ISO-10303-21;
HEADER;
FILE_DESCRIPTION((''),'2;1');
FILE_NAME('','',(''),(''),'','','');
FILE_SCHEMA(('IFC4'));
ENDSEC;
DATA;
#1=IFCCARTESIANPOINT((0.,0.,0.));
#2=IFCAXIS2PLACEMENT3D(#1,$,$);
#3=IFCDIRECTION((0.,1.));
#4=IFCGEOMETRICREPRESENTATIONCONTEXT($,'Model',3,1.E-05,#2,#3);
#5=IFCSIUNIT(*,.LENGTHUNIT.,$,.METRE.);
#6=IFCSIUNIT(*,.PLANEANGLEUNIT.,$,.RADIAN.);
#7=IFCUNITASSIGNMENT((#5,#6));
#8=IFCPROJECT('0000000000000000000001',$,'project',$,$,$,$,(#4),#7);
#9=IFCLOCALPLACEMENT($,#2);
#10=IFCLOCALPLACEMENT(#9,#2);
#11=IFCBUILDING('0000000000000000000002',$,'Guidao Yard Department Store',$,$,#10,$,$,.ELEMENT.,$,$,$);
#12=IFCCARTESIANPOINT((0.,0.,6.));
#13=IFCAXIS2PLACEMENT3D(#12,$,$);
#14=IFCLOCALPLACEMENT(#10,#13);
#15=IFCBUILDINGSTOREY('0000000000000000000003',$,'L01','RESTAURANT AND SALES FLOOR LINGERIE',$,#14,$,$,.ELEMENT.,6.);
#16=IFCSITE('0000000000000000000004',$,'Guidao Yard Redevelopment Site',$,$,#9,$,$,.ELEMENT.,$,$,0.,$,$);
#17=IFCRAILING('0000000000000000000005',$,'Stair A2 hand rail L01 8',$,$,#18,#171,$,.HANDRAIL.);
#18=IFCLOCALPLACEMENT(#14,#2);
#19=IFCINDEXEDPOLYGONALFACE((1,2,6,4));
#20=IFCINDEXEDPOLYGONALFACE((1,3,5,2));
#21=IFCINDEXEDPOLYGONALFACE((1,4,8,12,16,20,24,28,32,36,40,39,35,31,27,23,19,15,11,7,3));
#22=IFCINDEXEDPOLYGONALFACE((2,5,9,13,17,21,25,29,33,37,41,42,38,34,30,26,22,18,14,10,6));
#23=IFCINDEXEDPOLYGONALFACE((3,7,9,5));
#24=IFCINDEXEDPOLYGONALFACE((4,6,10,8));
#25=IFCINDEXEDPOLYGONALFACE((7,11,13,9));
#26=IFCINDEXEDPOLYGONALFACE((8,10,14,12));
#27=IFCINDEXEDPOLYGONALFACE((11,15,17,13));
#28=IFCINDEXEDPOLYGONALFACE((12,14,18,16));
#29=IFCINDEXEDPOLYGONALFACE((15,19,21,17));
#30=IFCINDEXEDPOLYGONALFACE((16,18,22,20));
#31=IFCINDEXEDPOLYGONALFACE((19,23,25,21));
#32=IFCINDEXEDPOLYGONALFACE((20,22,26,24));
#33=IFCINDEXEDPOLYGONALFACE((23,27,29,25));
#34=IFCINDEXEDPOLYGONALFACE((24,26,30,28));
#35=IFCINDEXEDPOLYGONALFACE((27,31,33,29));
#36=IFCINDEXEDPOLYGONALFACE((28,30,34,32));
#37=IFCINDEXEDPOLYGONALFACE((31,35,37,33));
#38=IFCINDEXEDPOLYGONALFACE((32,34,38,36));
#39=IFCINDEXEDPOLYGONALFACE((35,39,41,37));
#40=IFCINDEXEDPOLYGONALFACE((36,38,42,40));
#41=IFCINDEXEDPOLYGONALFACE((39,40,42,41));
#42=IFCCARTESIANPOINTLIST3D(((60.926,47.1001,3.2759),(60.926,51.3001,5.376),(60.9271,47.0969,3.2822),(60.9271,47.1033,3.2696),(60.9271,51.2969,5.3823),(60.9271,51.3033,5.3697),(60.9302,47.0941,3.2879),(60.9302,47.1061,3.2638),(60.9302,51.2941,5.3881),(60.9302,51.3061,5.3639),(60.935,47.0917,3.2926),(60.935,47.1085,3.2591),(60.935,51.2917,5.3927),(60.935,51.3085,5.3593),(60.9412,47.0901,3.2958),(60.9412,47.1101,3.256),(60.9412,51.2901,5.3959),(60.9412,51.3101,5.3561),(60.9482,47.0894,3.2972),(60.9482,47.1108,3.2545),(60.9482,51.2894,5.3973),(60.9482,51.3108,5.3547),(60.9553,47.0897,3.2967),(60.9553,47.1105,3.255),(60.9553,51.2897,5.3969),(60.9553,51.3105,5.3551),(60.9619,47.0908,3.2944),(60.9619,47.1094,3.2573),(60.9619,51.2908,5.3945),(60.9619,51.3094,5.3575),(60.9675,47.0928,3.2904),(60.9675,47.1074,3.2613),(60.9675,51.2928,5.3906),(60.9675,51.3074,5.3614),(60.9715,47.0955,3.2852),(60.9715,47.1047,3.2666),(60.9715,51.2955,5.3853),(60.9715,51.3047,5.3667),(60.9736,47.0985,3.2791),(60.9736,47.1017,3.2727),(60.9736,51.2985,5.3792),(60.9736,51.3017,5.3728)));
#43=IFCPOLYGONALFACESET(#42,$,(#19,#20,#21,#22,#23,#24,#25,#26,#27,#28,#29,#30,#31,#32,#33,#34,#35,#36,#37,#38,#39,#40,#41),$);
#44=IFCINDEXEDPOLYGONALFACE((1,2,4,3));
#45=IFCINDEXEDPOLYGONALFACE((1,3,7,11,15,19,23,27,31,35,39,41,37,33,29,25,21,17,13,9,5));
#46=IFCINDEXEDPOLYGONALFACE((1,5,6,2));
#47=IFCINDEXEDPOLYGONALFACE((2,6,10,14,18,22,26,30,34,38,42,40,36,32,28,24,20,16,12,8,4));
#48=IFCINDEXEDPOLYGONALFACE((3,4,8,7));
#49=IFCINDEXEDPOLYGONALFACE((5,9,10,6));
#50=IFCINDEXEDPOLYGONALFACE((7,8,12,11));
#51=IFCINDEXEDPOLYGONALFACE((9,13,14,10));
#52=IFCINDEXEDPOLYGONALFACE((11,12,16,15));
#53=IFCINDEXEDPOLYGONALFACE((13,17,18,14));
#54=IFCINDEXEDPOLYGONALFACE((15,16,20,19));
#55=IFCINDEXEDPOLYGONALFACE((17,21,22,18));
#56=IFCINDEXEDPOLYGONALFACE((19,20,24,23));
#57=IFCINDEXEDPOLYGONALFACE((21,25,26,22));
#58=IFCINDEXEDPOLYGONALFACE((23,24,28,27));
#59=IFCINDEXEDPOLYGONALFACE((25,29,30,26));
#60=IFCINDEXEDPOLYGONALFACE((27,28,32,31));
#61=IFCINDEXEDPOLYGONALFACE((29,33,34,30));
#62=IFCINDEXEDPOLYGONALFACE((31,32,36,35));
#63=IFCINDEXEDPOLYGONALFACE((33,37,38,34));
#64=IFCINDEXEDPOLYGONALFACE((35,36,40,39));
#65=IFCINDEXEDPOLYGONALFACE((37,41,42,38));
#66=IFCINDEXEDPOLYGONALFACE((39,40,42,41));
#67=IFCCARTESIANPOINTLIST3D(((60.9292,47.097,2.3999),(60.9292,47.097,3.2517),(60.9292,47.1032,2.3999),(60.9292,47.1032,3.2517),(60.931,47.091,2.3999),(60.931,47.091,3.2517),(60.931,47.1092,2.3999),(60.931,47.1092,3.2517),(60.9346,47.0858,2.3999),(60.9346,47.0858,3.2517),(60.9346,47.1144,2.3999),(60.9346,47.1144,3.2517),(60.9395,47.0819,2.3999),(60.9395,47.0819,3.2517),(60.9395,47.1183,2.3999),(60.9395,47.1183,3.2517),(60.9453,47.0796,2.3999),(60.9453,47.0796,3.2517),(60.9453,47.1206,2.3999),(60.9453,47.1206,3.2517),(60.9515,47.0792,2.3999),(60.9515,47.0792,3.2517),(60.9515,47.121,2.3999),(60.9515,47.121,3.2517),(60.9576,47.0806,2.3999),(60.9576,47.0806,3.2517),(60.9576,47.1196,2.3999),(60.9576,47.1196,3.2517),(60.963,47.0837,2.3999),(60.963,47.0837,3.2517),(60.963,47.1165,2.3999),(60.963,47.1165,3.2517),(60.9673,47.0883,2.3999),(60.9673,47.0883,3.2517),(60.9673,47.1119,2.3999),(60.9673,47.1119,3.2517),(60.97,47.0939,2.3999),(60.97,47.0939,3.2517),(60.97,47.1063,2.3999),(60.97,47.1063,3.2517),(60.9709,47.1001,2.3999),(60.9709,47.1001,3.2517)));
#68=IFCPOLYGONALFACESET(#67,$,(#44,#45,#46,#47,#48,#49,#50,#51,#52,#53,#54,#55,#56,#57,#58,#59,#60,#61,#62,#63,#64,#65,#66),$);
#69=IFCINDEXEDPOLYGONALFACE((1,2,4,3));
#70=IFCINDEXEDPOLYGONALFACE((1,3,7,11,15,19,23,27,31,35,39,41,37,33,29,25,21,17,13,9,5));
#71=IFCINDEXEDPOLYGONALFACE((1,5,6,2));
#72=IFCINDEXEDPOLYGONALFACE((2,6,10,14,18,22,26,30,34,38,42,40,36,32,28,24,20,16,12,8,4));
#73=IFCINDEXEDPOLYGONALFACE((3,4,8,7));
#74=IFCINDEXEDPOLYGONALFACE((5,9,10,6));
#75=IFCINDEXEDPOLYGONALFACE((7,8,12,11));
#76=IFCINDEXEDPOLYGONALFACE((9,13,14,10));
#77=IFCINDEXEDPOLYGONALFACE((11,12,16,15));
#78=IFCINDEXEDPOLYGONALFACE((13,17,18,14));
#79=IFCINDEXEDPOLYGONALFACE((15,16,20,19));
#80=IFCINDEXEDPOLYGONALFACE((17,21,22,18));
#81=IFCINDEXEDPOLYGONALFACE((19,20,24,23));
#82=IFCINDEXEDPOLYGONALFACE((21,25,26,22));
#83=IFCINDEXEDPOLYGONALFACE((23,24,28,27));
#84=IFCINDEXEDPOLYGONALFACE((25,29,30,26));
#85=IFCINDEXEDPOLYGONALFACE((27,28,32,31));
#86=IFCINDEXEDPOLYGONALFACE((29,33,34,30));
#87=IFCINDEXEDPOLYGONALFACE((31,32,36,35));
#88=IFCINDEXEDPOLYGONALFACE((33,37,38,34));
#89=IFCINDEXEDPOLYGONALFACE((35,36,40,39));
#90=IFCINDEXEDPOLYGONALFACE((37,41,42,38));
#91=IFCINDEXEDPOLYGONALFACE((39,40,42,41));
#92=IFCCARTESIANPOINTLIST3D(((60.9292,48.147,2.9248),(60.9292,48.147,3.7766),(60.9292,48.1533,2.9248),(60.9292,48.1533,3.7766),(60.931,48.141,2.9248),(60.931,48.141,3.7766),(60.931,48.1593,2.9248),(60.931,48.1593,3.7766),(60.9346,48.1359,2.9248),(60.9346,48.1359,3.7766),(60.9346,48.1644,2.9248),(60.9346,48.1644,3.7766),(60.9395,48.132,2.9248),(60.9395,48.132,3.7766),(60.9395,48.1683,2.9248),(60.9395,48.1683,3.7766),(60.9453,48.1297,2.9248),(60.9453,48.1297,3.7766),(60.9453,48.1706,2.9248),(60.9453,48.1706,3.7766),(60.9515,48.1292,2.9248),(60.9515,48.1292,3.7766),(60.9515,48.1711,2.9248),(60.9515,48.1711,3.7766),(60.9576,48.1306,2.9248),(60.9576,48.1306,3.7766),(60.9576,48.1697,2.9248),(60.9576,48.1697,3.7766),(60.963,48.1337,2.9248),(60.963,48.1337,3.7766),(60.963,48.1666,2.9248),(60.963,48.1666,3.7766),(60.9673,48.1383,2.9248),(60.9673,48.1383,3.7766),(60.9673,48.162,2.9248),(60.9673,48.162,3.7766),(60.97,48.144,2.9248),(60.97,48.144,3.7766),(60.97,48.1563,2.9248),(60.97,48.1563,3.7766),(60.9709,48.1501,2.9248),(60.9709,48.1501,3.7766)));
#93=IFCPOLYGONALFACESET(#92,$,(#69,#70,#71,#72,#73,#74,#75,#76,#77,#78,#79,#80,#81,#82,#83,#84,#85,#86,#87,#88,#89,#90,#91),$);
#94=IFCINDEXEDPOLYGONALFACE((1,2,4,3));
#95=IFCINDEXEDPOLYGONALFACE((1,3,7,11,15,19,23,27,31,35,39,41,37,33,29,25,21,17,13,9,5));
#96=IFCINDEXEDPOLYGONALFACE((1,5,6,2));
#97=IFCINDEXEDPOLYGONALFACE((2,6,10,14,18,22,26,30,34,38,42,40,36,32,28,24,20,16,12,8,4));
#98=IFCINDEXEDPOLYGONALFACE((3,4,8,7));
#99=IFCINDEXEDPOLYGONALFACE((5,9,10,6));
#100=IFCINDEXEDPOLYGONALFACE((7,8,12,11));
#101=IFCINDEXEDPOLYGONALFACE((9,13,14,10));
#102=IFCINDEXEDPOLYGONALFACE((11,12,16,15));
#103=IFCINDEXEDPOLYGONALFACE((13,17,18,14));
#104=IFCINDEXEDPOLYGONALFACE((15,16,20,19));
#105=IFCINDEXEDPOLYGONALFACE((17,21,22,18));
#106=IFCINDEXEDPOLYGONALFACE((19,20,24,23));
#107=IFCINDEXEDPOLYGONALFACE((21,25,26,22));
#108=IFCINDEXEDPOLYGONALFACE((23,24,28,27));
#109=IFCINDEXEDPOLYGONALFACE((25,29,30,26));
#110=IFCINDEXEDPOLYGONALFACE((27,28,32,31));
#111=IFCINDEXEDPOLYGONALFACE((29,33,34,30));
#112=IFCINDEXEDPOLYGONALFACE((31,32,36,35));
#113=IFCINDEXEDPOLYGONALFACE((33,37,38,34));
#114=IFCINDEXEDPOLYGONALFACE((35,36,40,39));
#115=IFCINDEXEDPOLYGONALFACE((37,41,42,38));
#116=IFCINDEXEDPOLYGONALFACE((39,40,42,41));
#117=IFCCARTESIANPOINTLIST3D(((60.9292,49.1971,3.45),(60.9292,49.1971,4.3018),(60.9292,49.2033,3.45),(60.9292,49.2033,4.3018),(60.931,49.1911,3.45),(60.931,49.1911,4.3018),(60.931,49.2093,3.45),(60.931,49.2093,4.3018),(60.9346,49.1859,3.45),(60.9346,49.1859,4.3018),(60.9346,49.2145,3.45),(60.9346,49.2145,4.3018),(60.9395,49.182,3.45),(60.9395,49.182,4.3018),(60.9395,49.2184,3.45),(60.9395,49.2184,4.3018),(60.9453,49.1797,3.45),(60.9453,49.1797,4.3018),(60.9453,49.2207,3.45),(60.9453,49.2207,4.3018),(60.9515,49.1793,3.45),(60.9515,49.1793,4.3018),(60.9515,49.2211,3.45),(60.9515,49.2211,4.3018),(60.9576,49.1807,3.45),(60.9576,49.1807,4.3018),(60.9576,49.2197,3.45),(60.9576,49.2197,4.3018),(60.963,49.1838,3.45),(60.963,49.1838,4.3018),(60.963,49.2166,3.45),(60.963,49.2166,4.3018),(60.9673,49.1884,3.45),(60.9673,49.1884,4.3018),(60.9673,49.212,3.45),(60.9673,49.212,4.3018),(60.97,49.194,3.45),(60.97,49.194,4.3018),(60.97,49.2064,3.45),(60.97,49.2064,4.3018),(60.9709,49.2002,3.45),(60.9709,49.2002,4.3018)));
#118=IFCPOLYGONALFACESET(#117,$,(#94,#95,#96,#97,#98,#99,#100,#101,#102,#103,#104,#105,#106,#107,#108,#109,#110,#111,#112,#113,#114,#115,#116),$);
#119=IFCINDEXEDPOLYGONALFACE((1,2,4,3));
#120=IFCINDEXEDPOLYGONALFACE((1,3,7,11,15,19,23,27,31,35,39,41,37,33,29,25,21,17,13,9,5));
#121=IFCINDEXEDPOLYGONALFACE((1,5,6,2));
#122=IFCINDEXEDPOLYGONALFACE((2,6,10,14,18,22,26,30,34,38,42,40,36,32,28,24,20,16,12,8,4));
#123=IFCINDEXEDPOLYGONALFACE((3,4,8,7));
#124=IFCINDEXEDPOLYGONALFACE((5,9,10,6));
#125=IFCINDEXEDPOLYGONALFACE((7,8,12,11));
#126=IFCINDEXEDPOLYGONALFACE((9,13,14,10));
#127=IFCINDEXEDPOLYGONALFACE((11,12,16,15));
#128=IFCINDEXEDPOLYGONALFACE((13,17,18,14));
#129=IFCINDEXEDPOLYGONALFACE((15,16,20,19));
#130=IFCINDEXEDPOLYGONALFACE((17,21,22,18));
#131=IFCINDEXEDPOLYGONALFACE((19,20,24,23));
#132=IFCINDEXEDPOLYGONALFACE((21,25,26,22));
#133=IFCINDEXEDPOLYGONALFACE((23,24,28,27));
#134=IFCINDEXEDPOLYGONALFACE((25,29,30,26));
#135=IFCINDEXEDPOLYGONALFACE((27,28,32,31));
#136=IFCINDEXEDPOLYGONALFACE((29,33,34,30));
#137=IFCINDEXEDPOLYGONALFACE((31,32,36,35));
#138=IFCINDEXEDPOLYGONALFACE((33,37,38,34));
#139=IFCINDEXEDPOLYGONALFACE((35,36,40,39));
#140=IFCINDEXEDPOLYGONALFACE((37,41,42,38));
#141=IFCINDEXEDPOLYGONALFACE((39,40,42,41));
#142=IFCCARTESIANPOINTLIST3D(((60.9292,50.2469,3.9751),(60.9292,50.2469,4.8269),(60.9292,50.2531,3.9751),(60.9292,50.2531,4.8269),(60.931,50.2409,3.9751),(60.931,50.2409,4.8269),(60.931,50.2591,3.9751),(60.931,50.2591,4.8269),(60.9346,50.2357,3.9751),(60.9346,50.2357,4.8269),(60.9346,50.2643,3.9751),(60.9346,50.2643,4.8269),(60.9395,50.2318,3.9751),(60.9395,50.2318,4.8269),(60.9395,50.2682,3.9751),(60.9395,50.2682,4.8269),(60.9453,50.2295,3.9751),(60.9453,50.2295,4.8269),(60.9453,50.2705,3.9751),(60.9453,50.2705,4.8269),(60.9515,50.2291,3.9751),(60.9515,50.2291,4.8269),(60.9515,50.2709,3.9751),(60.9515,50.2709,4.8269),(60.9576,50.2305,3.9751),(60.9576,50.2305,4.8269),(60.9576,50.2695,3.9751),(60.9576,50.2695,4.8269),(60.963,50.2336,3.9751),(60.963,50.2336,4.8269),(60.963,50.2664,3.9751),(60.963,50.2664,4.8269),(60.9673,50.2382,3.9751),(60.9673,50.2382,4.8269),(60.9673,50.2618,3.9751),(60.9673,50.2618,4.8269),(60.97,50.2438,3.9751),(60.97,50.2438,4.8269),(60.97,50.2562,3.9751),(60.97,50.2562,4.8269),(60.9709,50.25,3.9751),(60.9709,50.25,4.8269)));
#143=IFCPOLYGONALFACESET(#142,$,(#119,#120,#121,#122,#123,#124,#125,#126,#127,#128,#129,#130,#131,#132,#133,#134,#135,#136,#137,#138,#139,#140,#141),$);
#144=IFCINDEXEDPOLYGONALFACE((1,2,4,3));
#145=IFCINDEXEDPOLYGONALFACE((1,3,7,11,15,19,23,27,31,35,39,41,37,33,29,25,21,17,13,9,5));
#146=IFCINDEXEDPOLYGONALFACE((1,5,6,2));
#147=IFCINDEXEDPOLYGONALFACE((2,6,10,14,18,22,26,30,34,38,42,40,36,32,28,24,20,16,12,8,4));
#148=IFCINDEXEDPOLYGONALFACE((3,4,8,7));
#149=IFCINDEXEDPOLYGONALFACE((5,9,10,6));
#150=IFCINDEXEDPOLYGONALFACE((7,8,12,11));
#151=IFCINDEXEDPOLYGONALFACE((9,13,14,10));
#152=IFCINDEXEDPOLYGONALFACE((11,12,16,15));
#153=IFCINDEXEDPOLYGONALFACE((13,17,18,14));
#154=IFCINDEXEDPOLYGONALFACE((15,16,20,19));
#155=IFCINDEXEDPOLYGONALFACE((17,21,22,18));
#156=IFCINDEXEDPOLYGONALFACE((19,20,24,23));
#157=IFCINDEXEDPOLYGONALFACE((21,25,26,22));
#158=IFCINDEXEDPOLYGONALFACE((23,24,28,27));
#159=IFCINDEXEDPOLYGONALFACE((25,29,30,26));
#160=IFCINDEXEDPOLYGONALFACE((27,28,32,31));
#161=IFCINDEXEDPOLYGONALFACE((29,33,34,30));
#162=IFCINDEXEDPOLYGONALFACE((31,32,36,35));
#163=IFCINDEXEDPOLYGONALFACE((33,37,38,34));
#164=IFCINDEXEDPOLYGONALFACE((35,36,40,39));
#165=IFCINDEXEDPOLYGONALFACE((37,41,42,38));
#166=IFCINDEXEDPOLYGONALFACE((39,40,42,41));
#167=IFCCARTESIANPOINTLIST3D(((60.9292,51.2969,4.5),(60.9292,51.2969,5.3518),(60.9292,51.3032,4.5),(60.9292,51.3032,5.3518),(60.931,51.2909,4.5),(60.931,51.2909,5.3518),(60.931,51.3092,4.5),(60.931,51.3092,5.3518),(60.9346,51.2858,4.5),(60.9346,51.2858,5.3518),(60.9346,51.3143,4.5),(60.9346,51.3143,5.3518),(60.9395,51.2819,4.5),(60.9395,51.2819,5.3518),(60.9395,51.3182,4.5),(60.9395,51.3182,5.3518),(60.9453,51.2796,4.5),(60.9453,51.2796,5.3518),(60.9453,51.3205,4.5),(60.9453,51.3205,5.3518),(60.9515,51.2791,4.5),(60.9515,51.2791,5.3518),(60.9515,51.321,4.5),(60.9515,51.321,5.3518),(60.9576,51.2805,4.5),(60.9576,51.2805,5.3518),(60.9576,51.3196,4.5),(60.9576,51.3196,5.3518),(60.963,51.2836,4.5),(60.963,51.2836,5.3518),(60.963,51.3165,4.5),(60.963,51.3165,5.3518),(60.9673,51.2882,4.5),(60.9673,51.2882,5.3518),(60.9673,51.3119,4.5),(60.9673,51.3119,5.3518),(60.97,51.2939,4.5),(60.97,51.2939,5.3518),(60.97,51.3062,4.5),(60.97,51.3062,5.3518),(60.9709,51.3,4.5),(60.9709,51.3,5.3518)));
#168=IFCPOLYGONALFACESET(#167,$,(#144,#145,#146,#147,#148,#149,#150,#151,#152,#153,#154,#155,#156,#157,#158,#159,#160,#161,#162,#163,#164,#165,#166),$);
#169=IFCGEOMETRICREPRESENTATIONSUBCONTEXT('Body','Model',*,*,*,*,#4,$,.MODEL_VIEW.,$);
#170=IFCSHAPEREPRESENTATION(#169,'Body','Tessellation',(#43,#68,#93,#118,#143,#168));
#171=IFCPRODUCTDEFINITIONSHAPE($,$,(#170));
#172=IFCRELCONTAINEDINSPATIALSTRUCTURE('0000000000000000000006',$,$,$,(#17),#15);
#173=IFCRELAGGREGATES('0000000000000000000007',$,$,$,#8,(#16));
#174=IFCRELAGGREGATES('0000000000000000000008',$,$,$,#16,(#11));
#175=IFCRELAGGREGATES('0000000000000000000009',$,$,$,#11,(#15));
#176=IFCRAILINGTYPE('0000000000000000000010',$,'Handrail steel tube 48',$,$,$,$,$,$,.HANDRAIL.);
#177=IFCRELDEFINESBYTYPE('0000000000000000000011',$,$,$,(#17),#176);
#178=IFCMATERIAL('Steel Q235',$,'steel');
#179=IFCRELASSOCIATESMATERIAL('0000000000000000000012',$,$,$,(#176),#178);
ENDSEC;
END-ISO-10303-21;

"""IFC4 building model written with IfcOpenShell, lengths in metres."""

from ifc_helpers import new_model, si_unit, direction, frame, origin, origin_2d, place, context, subcontext, project, spatial, circle, extrude, material, type_object, element, save


model = new_model("IFC4")

# Units and contexts
model_context = context("Model", 3, precision=1e-05, world=origin(), true_north=direction((0.0, 1.0)))
body_context = subcontext(model_context, "Body", "Model", "MODEL_VIEW")
ifc_project = project(units=[si_unit("LENGTHUNIT", "METRE"), si_unit("PLANEANGLEUNIT", "RADIAN")], contexts=[model_context])

# Site, building, storey
site_placement = place(None, origin())
site = spatial("IfcSite", under=ifc_project, at=site_placement, Name="Guidao Yard Redevelopment Site", CompositionType="ELEMENT", RefElevation=0.0)
building_placement = place(site_placement, origin())
building = spatial("IfcBuilding", under=site, at=building_placement, Name="Guidao Yard Department Store", CompositionType="ELEMENT")
storey_placement = place(building_placement, frame((0.0, 0.0, 6.0)))
storey = spatial("IfcBuildingStorey", under=building, at=storey_placement, Name="L01", Description="RESTAURANT AND SALES FLOOR LINGERIE", CompositionType="ELEMENT", Elevation=6.0)

# Railing
ifc_material_1 = material(Name="Steel Q235", Category="steel")
railing_type_1 = type_object("IfcRailingType", Name="Handrail steel tube 48", PredefinedType="HANDRAIL", material=ifc_material_1)
for number, where, name in (
    (1, (60.95, 47.1001, 2.3999), "Stair A2 hand rail L01 8"),
):
    element("IfcRailing", number, at=place(storey_placement, frame(where)), inside=storey, type_object=railing_type_1, Name=name, PredefinedType="HANDRAIL", context=body_context, shape_type="SweptSolid", body=[
        extrude(circle(Radius=0.0239, at=origin_2d()), frame((0.0, 0.0, 0.876), z_axis=(0.0, 0.894417, 0.447234), x_axis=(-1.0, 0.0, 0.0)), (0.0, 0.0, 1.0), 4.6958),
        extrude(circle(Radius=0.021, at=origin_2d()), origin(), (0.0, 0.0, 1.0), 0.8518),
        extrude(circle(Radius=0.021, at=origin_2d()), frame((0.0, 1.05, 0.5249)), (0.0, 0.0, 1.0), 0.8518),
        extrude(circle(Radius=0.021, at=origin_2d()), frame((0.0, 2.1001, 1.05)), (0.0, 0.0, 1.0), 0.8518),
        extrude(circle(Radius=0.021, at=origin_2d()), frame((0.0, 3.1499, 1.5752)), (0.0, 0.0, 1.0), 0.8518),
        extrude(circle(Radius=0.021, at=origin_2d()), frame((0.0, 4.2, 2.1001)), (0.0, 0.0, 1.0), 0.8518),
    ])

save(model, "model.ifc")
